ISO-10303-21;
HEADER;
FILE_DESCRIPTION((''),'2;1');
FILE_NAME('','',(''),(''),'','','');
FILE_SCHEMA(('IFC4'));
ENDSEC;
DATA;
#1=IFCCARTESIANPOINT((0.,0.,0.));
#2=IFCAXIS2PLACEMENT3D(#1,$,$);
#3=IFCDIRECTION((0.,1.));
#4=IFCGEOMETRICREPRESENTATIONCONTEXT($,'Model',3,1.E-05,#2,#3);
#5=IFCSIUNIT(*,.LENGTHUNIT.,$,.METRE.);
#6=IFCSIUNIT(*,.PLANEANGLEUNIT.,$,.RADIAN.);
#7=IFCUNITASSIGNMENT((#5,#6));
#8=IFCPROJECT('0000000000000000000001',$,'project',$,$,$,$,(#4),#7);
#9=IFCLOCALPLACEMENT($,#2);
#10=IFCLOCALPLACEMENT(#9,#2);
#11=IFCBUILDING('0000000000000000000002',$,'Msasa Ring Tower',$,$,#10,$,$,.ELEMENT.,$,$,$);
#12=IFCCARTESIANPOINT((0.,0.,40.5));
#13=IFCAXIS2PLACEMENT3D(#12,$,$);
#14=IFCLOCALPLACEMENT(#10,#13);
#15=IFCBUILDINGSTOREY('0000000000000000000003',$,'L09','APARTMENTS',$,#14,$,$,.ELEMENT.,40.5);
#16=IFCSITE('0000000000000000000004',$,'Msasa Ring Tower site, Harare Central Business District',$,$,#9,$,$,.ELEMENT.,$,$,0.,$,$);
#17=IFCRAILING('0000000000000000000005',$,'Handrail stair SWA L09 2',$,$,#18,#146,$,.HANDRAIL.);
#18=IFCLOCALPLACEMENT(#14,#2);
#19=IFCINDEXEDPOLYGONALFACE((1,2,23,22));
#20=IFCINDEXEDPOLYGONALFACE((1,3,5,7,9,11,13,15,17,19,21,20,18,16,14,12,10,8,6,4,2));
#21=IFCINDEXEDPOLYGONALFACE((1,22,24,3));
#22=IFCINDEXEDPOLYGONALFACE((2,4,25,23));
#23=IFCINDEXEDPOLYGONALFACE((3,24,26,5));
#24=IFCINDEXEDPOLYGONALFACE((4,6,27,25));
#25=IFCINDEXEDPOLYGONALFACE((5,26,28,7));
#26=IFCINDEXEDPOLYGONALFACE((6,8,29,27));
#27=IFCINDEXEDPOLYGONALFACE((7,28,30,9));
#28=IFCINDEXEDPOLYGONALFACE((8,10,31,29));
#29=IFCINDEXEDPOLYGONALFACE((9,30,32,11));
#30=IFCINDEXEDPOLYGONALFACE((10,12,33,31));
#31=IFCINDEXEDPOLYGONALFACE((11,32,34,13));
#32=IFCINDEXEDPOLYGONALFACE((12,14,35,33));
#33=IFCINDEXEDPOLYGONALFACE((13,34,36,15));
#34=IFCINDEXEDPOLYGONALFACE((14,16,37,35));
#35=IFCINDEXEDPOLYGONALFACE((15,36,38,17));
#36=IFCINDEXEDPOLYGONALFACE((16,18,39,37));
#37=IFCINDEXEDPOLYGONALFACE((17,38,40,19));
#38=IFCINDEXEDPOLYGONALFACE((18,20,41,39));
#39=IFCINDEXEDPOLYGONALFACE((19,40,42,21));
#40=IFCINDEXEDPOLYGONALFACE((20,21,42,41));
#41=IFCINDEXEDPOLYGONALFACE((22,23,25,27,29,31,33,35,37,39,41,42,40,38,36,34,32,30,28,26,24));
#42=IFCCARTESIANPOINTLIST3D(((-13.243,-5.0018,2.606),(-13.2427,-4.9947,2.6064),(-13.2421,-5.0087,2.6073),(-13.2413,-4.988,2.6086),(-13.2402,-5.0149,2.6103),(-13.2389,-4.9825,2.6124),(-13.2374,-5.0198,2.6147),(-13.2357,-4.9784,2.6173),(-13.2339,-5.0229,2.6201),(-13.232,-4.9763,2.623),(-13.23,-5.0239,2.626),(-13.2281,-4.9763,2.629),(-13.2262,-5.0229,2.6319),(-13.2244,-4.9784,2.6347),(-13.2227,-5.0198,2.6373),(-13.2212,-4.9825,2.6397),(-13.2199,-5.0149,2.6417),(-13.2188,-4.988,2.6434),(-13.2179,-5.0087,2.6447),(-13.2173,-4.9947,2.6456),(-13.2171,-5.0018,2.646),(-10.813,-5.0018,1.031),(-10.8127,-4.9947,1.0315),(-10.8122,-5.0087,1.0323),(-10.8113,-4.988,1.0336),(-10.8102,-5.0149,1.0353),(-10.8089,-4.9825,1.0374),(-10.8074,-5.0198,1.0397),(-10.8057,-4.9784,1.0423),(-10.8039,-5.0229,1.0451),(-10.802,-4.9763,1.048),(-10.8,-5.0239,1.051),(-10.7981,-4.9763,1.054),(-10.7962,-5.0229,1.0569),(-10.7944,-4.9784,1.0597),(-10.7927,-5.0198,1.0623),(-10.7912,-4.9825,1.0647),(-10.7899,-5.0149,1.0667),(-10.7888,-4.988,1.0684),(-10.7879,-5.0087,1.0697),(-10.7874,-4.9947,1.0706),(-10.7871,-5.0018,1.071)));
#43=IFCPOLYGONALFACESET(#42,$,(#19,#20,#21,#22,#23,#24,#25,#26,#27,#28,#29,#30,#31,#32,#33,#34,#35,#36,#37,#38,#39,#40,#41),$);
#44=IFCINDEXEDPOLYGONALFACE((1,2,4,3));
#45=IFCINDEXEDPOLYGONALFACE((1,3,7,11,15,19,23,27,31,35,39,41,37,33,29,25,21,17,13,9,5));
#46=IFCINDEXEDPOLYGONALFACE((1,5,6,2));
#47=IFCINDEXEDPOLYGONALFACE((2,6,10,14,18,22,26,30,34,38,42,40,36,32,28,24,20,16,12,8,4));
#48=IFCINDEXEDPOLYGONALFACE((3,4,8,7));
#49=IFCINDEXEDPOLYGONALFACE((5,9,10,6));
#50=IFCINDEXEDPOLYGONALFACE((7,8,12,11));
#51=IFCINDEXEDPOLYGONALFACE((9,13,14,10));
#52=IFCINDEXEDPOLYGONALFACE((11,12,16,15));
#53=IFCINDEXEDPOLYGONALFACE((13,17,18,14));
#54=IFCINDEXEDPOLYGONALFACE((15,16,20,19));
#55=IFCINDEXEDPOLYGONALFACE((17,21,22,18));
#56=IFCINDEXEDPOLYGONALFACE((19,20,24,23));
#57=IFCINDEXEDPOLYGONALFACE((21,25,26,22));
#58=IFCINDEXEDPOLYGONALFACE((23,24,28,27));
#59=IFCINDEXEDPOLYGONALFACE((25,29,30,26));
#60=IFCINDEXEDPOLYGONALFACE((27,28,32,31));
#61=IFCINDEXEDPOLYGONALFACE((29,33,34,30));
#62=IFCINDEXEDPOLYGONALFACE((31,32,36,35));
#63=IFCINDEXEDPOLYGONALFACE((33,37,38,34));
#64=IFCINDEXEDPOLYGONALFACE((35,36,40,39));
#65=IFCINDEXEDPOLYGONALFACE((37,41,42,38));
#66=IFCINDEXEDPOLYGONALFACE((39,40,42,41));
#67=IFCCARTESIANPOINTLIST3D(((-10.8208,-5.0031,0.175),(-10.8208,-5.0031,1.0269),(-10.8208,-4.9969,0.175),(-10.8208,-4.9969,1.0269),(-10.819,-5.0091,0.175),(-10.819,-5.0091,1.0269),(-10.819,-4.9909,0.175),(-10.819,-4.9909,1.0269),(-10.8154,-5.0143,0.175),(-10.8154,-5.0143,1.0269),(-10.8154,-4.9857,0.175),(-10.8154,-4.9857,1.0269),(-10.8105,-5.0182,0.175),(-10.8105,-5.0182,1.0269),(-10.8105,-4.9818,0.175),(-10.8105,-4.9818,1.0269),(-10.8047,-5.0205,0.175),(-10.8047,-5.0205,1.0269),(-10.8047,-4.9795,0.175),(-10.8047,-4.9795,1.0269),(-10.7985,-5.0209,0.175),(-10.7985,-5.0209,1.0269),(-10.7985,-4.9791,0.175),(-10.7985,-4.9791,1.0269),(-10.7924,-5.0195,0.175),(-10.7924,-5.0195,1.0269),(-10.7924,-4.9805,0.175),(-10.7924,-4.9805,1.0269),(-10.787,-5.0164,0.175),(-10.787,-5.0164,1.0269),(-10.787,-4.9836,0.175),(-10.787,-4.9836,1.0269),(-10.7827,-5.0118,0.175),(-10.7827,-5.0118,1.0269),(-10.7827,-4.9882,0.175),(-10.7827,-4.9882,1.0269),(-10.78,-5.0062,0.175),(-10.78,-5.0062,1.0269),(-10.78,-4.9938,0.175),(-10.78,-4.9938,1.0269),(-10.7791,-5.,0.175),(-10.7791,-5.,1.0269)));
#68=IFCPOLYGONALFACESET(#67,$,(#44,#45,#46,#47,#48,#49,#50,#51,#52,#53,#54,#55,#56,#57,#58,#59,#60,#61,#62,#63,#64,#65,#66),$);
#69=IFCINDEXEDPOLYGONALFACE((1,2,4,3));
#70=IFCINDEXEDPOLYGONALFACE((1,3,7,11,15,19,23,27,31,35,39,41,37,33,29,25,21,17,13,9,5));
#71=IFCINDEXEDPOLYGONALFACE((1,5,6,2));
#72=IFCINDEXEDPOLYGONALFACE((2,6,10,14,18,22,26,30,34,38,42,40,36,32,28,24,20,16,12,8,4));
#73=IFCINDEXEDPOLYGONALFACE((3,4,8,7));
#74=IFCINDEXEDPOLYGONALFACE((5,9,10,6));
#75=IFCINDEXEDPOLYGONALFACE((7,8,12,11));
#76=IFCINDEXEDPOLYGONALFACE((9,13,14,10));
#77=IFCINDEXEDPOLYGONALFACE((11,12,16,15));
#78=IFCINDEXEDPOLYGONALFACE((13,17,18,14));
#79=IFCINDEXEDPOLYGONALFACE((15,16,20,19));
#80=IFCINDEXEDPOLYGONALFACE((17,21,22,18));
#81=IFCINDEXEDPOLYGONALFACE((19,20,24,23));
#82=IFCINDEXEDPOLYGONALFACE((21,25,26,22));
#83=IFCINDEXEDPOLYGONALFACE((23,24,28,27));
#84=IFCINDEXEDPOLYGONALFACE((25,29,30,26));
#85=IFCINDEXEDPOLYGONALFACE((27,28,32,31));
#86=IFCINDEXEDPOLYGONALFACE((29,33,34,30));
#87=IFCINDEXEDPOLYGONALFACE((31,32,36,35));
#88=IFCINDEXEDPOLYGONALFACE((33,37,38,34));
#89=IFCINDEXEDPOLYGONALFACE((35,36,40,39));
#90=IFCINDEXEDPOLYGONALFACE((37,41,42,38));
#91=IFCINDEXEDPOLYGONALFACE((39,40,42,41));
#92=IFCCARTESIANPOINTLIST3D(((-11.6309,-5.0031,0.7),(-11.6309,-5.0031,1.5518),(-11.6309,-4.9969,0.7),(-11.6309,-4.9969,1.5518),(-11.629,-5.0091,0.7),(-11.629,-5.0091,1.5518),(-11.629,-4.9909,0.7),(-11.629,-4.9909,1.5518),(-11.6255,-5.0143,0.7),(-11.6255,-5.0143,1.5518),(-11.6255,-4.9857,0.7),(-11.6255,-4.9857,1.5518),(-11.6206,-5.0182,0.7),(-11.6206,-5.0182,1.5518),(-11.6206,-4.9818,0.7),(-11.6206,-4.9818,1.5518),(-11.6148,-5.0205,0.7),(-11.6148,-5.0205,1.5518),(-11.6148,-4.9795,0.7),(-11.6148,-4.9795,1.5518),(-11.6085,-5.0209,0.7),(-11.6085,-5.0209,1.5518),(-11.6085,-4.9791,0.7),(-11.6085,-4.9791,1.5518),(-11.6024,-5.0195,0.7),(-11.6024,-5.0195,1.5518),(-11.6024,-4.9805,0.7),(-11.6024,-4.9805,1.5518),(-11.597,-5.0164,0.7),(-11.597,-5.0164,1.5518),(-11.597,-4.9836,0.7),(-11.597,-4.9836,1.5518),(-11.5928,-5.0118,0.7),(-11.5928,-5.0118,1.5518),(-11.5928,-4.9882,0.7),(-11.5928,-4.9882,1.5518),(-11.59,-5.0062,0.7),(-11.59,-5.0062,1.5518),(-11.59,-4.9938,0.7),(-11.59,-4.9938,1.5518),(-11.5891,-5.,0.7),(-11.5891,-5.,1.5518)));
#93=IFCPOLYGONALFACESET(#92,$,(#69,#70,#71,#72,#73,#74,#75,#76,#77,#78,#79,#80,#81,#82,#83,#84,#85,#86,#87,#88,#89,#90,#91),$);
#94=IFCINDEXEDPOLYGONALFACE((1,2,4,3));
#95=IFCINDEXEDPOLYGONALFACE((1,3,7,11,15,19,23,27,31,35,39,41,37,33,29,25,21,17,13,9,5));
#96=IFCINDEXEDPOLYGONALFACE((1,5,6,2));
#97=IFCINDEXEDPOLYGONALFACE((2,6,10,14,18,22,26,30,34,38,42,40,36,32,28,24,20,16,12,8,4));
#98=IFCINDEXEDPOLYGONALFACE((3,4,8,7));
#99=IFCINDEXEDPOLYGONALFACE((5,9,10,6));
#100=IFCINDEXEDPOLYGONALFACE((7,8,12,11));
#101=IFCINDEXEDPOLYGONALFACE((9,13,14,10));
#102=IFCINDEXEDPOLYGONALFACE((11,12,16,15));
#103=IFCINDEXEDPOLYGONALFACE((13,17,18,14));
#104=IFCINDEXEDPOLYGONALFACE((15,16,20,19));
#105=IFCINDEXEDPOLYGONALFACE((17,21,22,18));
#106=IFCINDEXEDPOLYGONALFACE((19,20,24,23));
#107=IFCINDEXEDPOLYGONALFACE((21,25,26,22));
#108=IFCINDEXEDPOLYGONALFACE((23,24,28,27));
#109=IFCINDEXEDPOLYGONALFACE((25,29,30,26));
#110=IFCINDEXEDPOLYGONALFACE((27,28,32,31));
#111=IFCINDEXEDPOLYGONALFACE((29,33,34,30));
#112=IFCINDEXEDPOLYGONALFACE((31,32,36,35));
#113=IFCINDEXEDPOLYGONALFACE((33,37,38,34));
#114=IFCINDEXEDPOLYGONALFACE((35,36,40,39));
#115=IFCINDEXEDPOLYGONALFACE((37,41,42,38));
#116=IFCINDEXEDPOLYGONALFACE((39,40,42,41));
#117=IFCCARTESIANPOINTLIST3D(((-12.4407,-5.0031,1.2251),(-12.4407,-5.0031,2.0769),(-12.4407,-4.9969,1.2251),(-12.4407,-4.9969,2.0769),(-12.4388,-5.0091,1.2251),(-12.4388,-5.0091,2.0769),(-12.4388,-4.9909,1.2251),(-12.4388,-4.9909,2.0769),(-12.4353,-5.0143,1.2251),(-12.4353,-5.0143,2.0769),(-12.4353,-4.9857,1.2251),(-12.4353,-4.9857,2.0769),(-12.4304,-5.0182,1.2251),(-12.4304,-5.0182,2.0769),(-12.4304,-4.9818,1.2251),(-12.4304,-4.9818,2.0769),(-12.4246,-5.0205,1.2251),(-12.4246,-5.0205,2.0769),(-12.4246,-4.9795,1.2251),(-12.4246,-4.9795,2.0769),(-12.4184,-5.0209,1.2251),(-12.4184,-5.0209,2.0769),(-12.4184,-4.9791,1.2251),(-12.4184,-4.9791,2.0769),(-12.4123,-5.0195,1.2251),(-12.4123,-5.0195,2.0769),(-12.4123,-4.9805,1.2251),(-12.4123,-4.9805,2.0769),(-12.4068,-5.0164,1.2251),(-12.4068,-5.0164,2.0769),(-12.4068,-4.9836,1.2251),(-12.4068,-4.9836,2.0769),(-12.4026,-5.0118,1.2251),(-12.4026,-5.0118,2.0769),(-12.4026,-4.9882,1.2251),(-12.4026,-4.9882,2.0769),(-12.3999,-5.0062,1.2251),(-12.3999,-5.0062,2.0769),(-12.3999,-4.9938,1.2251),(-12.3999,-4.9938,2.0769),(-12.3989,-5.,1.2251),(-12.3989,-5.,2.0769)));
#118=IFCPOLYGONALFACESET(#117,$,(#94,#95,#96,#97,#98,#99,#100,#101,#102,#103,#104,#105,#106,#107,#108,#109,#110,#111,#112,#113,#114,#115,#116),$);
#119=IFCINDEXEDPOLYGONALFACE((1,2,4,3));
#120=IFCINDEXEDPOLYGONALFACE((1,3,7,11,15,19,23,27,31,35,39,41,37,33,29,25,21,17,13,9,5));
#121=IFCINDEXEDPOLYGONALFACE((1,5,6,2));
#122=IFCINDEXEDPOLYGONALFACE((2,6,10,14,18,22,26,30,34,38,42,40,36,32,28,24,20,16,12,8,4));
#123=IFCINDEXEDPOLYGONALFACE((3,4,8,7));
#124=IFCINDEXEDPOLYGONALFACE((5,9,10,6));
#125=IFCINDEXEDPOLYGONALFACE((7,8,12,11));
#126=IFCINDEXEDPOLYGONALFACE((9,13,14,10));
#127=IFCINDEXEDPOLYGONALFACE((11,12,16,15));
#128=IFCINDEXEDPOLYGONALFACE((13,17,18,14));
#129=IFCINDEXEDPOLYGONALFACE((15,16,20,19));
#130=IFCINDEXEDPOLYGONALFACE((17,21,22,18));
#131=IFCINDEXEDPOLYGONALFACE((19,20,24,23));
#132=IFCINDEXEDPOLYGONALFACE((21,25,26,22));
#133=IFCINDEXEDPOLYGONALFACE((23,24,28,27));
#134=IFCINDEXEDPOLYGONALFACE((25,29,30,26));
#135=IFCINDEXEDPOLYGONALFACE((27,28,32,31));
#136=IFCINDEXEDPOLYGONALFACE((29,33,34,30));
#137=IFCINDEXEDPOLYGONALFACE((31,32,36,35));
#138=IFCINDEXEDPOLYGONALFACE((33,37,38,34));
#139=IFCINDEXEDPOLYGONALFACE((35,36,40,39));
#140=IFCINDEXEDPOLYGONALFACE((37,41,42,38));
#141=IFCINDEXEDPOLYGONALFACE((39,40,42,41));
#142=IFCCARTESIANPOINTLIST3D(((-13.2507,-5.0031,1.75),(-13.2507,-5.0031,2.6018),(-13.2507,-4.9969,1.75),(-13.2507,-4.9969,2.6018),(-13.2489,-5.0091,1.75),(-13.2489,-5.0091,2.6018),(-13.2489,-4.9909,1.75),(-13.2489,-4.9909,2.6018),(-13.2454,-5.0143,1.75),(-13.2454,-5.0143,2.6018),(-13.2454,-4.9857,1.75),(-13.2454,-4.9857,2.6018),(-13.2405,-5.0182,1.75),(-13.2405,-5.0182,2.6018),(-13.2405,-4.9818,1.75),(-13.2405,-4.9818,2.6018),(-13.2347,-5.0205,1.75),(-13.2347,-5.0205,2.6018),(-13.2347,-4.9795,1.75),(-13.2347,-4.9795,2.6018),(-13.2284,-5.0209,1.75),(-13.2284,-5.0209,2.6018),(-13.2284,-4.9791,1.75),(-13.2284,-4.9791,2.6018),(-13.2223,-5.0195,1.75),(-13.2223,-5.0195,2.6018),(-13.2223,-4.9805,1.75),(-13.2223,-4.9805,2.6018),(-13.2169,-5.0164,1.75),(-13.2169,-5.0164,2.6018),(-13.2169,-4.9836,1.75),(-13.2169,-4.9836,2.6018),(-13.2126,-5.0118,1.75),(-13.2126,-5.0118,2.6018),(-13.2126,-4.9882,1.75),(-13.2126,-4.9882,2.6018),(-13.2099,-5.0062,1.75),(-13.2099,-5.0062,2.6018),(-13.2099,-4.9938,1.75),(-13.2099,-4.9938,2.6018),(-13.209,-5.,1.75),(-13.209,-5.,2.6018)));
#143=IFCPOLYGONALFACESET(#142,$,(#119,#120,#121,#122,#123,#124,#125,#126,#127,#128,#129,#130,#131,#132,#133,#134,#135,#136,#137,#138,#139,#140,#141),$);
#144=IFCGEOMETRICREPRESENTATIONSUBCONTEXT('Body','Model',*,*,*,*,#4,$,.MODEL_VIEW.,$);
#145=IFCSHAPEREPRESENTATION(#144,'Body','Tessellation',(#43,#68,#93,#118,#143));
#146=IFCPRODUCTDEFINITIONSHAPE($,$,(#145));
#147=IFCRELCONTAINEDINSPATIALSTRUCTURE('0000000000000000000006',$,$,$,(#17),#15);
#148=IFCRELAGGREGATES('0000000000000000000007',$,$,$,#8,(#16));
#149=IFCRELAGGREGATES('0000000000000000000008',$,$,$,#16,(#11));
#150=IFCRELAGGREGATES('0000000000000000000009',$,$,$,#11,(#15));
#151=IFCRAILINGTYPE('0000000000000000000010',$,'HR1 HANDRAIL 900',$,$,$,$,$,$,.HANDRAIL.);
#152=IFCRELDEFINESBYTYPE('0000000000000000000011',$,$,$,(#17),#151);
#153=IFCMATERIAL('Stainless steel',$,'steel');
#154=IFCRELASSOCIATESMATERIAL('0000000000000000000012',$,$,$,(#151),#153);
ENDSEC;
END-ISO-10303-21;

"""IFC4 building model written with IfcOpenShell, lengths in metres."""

from ifc_helpers import new_model, si_unit, direction, frame, origin, origin_2d, place, context, subcontext, project, spatial, circle, extrude, material, type_object, element, save


model = new_model("IFC4")

# Units and contexts
model_context = context("Model", 3, precision=1e-05, world=origin(), true_north=direction((0.0, 1.0)))
body_context = subcontext(model_context, "Body", "Model", "MODEL_VIEW")
ifc_project = project(units=[si_unit("LENGTHUNIT", "METRE"), si_unit("PLANEANGLEUNIT", "RADIAN")], contexts=[model_context])

# Site, building, storey
site_placement = place(None, origin())
site = spatial("IfcSite", under=ifc_project, at=site_placement, Name="Msasa Ring Tower site, Harare Central Business District", CompositionType="ELEMENT", RefElevation=0.0)
building_placement = place(site_placement, origin())
building = spatial("IfcBuilding", under=site, at=building_placement, Name="Msasa Ring Tower", CompositionType="ELEMENT")
storey_placement = place(building_placement, frame((0.0, 0.0, 40.5)))
storey = spatial("IfcBuildingStorey", under=building, at=storey_placement, Name="L09", Description="APARTMENTS", CompositionType="ELEMENT", Elevation=40.5)

# Railing
ifc_material_1 = material(Name="Stainless steel", Category="steel")
railing_type = type_object("IfcRailingType", Name="HR1 HANDRAIL 900", PredefinedType="HANDRAIL", material=ifc_material_1)
for number, where, name in (
    (1, (-10.8, -5.0, 0.175), "Handrail stair SWA L09 2"),
):
    element("IfcRailing", number, at=place(storey_placement, frame(where)), inside=storey, type_object=railing_type, Name=name, PredefinedType="HANDRAIL", context=body_context, shape_type="SweptSolid", body=[
        extrude(circle(Radius=0.0239, at=origin_2d()), frame((0.0, 0.0, 0.876), z_axis=(-0.839154, 0.0, 0.543894), x_axis=(0.0, -1.0, 0.0)), (0.0, 0.0, 1.0), 2.8958),
        extrude(circle(Radius=0.021, at=origin_2d()), origin(), (0.0, 0.0, 1.0), 0.8518),
        extrude(circle(Radius=0.021, at=origin_2d()), frame((-0.8101, 0.0, 0.5249)), (0.0, 0.0, 1.0), 0.8518),
        extrude(circle(Radius=0.021, at=origin_2d()), frame((-1.6199, 0.0, 1.05)), (0.0, 0.0, 1.0), 0.8518),
        extrude(circle(Radius=0.021, at=origin_2d()), frame((-2.4299, 0.0, 1.575)), (0.0, 0.0, 1.0), 0.8518),
    ])

save(model, "model.ifc")
